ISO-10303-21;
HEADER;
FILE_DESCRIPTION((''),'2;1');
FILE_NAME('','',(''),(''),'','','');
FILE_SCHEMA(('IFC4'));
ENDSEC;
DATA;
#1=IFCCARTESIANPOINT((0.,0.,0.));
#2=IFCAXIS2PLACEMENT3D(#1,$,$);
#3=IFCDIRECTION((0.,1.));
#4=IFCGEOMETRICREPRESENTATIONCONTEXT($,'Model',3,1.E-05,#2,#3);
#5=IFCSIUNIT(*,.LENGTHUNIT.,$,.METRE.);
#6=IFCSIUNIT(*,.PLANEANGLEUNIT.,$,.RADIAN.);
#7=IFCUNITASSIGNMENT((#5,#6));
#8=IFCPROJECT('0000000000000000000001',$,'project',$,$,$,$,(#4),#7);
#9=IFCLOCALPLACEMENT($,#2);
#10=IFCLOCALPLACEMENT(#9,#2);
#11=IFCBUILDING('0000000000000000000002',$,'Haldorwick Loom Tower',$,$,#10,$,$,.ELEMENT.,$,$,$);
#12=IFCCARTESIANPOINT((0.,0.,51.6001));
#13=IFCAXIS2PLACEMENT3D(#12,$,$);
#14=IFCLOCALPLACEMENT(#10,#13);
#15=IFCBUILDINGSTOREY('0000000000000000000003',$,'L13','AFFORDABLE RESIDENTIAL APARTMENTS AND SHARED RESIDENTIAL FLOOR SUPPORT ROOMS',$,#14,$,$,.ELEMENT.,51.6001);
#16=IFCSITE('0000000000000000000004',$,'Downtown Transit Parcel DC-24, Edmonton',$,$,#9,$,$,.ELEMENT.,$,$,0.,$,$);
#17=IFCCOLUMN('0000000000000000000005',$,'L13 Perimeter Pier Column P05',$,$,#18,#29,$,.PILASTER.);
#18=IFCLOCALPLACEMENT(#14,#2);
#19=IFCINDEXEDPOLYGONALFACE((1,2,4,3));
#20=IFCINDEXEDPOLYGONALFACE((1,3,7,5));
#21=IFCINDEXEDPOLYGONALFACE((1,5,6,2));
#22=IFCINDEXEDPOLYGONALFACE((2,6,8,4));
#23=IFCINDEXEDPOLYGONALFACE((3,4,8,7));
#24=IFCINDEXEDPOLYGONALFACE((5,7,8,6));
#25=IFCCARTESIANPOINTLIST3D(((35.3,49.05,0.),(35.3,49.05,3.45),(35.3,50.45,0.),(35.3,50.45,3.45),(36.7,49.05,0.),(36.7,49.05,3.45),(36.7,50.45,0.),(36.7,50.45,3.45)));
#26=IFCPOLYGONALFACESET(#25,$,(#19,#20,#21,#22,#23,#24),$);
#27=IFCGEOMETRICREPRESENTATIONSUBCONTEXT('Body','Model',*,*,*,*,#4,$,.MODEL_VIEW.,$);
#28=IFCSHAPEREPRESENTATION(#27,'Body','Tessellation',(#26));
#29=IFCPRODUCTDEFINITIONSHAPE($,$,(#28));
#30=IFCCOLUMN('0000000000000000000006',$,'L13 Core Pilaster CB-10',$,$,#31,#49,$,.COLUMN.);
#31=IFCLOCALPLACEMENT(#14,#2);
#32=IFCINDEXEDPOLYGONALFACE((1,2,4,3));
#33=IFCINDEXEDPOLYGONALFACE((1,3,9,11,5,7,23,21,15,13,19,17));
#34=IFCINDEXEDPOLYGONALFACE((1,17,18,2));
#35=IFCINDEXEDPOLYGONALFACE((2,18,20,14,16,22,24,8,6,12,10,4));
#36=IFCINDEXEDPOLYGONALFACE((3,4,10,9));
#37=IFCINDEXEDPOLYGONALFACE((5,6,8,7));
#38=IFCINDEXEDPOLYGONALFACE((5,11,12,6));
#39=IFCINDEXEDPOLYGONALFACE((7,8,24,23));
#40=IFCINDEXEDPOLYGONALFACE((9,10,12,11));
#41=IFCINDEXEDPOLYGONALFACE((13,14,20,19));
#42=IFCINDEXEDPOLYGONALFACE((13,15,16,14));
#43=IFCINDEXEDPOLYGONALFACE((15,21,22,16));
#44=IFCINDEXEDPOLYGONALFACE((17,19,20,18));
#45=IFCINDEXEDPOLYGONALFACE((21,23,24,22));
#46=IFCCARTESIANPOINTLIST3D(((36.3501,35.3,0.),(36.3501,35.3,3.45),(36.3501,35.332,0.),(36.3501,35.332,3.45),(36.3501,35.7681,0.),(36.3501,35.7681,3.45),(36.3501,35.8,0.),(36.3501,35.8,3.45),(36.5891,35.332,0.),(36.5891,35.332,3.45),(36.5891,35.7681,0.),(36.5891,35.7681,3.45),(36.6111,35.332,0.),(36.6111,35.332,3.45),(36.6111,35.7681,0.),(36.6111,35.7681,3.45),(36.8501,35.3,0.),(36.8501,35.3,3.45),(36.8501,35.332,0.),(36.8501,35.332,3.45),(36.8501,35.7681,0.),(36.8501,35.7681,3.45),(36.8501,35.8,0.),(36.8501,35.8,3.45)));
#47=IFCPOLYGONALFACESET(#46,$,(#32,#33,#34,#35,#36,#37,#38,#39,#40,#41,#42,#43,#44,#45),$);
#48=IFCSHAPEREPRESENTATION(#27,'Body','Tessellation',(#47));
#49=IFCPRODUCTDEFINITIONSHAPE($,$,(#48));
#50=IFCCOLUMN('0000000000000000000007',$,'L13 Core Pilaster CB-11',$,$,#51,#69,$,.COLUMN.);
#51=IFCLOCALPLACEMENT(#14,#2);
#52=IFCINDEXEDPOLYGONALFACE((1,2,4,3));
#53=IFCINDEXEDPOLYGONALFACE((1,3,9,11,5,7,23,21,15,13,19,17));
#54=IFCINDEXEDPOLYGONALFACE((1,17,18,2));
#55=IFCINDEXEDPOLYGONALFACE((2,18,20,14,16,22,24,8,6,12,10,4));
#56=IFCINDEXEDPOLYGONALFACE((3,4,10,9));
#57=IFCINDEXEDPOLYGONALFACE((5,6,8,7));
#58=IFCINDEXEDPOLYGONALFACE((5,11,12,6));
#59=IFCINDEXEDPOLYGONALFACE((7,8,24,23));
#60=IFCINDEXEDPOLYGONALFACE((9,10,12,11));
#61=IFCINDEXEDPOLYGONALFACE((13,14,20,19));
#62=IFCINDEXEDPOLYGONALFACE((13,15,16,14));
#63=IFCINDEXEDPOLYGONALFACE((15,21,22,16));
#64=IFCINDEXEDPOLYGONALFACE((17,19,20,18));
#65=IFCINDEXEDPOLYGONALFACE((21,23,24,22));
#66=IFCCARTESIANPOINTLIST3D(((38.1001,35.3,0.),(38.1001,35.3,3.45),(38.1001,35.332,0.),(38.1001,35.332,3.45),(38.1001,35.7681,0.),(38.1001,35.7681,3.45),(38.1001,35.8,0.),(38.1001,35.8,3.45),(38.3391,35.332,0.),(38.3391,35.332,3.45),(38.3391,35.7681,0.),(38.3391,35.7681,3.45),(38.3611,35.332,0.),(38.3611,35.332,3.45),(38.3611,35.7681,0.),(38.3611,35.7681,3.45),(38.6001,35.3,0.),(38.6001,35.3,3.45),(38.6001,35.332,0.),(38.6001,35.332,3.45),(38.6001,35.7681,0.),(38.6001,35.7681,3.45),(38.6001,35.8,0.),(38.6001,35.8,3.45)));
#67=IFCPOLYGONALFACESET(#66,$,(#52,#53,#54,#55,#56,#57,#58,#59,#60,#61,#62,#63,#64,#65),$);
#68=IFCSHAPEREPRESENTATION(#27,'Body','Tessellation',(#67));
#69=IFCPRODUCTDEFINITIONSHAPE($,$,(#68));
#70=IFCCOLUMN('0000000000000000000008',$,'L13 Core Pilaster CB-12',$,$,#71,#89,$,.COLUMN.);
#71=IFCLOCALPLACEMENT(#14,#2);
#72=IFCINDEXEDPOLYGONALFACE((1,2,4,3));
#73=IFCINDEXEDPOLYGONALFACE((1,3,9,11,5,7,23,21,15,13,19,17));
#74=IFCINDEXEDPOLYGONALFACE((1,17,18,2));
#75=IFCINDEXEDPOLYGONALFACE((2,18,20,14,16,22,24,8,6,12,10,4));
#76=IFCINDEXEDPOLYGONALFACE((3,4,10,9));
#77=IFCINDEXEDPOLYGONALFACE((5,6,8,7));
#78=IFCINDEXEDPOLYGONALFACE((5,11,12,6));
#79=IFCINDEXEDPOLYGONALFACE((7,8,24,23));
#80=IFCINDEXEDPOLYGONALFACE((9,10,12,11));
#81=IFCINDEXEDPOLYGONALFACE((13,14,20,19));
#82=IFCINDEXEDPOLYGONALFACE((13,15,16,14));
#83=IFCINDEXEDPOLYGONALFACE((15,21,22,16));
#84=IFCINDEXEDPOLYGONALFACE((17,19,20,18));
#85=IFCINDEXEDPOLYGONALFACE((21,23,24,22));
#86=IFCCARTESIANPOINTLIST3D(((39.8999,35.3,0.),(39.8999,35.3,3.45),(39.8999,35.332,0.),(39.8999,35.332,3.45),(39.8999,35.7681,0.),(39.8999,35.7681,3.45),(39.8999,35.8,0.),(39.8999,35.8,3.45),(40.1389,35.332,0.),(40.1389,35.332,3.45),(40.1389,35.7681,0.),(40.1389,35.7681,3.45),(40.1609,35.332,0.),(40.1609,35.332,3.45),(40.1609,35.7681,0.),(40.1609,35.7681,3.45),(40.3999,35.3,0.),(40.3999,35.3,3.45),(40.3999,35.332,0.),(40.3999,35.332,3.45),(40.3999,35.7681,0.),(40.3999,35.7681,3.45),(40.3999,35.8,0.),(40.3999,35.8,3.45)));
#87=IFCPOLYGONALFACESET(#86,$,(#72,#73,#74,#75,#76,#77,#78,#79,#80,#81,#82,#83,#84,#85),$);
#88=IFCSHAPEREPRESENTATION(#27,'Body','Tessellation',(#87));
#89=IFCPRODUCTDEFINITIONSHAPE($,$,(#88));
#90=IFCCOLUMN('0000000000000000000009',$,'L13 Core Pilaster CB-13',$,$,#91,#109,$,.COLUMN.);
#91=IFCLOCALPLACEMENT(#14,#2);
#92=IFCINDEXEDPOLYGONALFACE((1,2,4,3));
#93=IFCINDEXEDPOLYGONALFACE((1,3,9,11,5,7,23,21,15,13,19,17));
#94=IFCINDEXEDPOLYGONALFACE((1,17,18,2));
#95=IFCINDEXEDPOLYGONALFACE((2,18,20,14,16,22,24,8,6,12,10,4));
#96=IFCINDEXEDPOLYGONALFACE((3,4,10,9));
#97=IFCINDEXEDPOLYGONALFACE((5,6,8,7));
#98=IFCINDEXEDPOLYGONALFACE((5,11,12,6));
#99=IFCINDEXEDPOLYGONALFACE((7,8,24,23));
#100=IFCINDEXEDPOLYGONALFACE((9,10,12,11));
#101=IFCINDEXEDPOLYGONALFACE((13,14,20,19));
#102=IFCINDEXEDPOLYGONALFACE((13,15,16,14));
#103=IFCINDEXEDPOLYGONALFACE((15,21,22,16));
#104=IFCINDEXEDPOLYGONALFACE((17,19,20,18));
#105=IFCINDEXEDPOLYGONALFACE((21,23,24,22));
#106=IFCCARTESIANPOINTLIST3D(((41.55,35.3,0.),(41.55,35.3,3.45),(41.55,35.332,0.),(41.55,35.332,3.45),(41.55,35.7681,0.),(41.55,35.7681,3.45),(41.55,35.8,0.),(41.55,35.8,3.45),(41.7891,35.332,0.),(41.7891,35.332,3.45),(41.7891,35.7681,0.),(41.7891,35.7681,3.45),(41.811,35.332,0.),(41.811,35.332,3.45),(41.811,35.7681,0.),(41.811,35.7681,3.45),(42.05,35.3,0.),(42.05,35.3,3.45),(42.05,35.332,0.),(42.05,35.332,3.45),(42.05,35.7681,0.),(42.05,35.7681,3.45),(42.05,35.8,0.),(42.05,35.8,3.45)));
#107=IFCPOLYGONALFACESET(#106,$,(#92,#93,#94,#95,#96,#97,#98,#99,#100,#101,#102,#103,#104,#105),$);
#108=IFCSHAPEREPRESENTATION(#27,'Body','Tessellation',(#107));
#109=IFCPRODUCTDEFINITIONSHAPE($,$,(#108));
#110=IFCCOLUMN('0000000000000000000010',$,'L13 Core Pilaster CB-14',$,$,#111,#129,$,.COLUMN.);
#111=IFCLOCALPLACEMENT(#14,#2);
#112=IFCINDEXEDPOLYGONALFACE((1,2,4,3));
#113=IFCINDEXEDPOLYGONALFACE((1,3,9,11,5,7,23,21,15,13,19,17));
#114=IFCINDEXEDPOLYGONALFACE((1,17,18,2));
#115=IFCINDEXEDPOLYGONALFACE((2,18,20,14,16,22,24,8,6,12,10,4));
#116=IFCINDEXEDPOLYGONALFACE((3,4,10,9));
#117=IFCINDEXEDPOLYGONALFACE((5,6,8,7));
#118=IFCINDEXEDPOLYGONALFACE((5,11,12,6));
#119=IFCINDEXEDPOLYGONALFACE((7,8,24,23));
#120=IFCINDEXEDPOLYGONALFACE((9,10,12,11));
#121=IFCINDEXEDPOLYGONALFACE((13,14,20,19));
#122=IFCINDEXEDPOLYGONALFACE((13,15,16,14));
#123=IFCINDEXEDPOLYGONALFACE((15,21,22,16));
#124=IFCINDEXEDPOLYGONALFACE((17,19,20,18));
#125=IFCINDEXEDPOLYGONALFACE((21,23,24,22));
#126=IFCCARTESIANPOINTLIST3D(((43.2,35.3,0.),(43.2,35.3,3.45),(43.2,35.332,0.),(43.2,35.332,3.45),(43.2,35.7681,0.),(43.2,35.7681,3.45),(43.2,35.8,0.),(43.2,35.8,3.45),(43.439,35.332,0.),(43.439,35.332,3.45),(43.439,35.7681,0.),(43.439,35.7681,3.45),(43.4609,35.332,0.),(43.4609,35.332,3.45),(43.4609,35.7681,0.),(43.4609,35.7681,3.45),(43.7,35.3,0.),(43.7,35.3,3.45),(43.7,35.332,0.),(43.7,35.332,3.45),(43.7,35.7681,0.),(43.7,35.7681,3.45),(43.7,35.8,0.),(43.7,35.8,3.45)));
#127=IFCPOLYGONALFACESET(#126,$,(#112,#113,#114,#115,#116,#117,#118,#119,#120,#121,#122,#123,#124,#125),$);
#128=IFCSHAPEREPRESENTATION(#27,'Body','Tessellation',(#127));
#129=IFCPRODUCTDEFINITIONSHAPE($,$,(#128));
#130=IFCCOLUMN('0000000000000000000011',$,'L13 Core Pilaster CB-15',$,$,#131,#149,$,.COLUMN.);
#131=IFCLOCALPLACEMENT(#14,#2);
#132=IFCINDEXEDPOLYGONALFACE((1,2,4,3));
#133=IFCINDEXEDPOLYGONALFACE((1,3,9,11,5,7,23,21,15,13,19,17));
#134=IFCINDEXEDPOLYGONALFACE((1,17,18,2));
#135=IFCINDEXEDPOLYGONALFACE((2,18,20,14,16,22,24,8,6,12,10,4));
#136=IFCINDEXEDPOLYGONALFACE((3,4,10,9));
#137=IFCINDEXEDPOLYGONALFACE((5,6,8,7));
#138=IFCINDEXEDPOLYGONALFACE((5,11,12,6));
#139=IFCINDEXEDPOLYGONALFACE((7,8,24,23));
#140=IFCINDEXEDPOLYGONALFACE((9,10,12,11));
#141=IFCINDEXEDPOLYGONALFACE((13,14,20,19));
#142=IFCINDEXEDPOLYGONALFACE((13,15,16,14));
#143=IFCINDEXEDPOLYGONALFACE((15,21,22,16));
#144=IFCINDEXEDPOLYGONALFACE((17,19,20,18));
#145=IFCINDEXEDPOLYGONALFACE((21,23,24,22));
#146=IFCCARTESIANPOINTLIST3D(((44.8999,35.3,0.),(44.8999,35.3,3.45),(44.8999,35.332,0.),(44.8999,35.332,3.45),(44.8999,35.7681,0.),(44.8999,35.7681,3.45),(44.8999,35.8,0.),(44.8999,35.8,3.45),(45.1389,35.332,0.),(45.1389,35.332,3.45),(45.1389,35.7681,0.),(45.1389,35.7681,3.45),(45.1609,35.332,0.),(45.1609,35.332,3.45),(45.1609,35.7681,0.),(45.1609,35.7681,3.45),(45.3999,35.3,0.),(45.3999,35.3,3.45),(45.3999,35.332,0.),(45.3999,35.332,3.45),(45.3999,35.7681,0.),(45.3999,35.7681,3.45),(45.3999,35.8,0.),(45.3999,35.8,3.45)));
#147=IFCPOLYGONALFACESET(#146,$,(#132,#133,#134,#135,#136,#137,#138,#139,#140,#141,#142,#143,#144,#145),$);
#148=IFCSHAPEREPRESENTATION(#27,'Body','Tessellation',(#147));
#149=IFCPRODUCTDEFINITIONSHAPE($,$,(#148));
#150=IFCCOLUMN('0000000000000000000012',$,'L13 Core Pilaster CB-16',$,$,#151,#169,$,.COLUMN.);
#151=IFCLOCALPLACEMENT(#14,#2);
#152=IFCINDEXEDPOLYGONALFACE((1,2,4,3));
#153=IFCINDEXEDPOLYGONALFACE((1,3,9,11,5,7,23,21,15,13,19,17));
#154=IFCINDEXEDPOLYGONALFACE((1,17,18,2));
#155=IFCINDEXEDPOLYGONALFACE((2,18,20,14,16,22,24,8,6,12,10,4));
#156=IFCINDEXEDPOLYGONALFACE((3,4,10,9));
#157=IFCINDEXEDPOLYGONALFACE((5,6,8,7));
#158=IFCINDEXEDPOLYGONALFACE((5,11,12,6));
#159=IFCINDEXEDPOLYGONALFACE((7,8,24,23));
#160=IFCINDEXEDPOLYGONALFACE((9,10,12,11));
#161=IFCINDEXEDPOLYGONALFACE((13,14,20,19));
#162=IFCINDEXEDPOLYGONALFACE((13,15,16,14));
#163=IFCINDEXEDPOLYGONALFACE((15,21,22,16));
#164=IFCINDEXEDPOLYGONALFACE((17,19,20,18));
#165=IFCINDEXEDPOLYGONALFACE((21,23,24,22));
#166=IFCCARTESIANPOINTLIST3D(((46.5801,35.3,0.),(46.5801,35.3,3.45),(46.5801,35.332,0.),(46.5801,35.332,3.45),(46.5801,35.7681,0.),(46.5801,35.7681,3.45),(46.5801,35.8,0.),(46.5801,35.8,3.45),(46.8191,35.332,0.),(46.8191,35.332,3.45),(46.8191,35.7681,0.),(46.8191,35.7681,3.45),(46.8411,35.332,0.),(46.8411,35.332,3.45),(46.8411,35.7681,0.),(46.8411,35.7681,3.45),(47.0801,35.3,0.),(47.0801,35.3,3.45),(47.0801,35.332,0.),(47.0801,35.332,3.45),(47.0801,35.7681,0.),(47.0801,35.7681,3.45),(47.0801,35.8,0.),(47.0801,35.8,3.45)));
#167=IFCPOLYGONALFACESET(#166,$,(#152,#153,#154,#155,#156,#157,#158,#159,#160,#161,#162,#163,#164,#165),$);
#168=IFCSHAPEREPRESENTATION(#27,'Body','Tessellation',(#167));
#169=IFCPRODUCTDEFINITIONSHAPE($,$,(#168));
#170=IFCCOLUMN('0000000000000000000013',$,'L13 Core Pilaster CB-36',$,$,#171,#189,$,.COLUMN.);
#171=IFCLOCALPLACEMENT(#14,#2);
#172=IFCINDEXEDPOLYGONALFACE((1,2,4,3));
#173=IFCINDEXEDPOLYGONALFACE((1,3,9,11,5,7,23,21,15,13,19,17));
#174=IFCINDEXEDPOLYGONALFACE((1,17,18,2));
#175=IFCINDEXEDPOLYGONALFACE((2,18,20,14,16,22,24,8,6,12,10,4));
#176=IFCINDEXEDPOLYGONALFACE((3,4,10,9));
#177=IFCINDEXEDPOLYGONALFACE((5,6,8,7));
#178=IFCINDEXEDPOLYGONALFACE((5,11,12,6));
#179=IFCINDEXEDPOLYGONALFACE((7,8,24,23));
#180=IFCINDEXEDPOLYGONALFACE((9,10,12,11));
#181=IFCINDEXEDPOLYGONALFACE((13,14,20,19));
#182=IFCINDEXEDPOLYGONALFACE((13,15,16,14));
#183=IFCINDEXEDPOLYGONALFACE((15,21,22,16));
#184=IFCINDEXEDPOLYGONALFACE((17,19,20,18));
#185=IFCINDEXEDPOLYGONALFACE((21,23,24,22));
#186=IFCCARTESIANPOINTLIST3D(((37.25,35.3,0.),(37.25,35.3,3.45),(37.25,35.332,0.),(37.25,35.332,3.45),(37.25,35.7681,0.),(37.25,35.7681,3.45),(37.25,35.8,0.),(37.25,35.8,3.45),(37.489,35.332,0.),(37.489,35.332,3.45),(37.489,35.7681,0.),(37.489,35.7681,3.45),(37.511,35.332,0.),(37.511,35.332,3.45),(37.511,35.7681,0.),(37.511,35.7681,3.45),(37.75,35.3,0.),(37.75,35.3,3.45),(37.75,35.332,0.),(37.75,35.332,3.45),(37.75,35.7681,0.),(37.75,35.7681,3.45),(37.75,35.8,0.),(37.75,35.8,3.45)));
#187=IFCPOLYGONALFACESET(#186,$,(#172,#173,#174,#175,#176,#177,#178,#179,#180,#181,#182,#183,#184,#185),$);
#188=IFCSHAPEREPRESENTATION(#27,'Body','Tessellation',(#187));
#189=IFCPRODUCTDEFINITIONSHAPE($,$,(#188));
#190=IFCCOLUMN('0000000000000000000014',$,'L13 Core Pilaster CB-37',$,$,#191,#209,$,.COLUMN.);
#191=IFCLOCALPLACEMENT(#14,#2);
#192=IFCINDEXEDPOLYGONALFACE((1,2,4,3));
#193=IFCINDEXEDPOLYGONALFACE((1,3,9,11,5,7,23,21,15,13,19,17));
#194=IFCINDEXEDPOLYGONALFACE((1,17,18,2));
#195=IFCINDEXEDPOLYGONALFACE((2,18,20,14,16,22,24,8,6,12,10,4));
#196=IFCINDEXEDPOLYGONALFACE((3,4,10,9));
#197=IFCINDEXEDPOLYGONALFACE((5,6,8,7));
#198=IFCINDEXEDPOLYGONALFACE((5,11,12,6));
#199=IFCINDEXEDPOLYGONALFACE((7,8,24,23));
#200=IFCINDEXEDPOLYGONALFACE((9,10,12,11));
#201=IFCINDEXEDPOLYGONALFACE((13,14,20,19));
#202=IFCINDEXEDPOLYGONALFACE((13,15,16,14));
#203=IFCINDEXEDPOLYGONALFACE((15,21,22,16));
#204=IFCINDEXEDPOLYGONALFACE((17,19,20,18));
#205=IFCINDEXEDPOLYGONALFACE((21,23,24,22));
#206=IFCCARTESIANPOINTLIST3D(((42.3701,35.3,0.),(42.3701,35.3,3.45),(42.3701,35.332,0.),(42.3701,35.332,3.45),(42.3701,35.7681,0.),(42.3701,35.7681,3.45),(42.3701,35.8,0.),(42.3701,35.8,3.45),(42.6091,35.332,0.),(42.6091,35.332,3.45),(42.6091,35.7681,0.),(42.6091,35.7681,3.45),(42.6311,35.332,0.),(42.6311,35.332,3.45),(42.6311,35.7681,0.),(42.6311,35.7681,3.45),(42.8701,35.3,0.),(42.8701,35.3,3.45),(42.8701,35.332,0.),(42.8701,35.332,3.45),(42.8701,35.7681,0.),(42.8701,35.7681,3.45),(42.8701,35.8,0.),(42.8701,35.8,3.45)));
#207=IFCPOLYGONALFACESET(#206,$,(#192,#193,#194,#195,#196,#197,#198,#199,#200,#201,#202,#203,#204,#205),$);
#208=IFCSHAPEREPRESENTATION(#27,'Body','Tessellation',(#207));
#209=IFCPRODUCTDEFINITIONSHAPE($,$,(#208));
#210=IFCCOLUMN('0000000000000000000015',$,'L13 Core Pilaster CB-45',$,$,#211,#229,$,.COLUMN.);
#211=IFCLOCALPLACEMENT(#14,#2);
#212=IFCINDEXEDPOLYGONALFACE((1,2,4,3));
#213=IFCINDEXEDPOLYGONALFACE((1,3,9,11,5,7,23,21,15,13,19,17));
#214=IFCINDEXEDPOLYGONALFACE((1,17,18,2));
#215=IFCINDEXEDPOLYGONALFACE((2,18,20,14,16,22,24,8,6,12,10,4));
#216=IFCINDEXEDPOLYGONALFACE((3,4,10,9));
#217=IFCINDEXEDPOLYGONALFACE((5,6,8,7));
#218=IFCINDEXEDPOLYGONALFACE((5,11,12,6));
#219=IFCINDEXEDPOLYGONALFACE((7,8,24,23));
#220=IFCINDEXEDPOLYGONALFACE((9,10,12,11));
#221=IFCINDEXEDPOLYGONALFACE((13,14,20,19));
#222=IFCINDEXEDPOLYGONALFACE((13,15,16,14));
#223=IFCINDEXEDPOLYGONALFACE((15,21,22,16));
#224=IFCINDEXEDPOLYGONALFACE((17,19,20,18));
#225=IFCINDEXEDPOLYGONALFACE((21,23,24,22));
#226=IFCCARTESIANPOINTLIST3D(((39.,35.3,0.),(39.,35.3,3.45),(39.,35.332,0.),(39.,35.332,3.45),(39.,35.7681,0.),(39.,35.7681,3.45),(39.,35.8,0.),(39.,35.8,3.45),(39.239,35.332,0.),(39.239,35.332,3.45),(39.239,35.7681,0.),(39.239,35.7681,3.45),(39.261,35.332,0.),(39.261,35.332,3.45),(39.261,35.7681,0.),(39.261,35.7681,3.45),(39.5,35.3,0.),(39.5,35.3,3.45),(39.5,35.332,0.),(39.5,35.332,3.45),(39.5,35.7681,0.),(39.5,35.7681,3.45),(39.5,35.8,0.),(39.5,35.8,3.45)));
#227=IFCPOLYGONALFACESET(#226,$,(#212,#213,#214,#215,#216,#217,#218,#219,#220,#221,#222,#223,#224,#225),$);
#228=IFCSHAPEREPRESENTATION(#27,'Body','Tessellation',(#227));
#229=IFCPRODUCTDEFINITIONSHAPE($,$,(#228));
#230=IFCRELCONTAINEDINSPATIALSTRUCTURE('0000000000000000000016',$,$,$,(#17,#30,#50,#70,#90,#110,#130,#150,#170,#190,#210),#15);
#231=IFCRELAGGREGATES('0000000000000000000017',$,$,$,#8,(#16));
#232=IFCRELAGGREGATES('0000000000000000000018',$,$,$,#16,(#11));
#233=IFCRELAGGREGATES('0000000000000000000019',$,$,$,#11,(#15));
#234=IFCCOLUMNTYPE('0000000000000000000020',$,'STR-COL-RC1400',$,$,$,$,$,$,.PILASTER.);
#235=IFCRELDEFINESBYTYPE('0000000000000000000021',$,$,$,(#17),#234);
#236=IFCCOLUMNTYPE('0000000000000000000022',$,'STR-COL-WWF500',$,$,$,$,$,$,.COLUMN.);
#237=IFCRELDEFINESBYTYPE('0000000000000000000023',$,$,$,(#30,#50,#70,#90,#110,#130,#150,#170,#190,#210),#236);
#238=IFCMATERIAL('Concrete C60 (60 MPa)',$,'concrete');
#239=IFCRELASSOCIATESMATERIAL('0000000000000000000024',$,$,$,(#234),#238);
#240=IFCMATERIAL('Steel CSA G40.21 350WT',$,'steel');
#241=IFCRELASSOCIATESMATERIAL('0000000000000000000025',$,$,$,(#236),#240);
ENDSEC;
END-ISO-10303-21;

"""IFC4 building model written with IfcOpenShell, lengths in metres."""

from ifc_helpers import new_model, si_unit, direction, frame, origin, origin_2d, place, context, subcontext, project, spatial, rectangle, i_section, extrude, material, material_profile, profile_set, type_object, element, save


model = new_model("IFC4")

# Units and contexts
model_context = context("Model", 3, precision=1e-05, world=origin(), true_north=direction((0.0, 1.0)))
body_context = subcontext(model_context, "Body", "Model", "MODEL_VIEW")
ifc_project = project(units=[si_unit("LENGTHUNIT", "METRE"), si_unit("PLANEANGLEUNIT", "RADIAN")], contexts=[model_context])

# Site, building, storey
site_placement = place(None, origin())
site = spatial("IfcSite", under=ifc_project, at=site_placement, Name="Downtown Transit Parcel DC-24, Edmonton", CompositionType="ELEMENT", RefElevation=0.0)
building_placement = place(site_placement, origin())
building = spatial("IfcBuilding", under=site, at=building_placement, Name="Haldorwick Loom Tower", CompositionType="ELEMENT")
storey_placement = place(building_placement, frame((0.0, 0.0, 51.6001)))
storey = spatial("IfcBuildingStorey", under=building, at=storey_placement, Name="L13", Description="AFFORDABLE RESIDENTIAL APARTMENTS AND SHARED RESIDENTIAL FLOOR SUPPORT ROOMS", CompositionType="ELEMENT", Elevation=51.6001)

# Columns
ifc_material_1 = material(Name="Concrete C60 (60 MPa)", Category="concrete")
ifc_material_profile_1 = material_profile(ifc_material_1, rectangle(XDim=1.3999, YDim=1.3999, at=origin_2d()), Name="RC1400X1400", Category="concrete")
ifc_profile_set_1 = profile_set([ifc_material_profile_1], Name="Concrete C60 (60 MPa)")
column_type_1 = type_object("IfcColumnType", Name="STR-COL-RC1400", PredefinedType="PILASTER", material=ifc_profile_set_1)
column_placement = place(storey_placement, frame((36.0, 49.75, 0.0), z_axis=(0.0, 0.0, 1.0), x_axis=(0.0, 1.0, 0.0)))
element("IfcColumn", 1, at=column_placement, inside=storey, type_object=column_type_1, Name="L13 Perimeter Pier Column P05", PredefinedType="PILASTER", context=body_context, shape_type="SweptSolid", body=[
    extrude(rectangle(XDim=1.3999, YDim=1.3999, at=origin_2d()), origin(), (0.0, 0.0, 1.0), 3.45),
])
ifc_material_2 = material(Name="Steel CSA G40.21 350WT", Category="steel")
ifc_material_profile_2 = material_profile(ifc_material_2, i_section(OverallWidth=0.5, OverallDepth=0.5, WebThickness=0.022, FlangeThickness=0.032, at=origin_2d()), Name="WWF500X500", Category="steel")
ifc_profile_set_2 = profile_set([ifc_material_profile_2], Name="Steel CSA G40.21 350WT")
column_type_2 = type_object("IfcColumnType", Name="STR-COL-WWF500", PredefinedType="COLUMN", material=ifc_profile_set_2)
for number, where, z_axis, x_axis, name in (
    (2, (36.6001, 35.55, 0.0), (0.0, 0.0, 1.0), (1.0, 0.0, 0.0), "L13 Core Pilaster CB-10"),
    (3, (38.3501, 35.55, 0.0), (0.0, 0.0, 1.0), (1.0, 0.0, 0.0), "L13 Core Pilaster CB-11"),
    (4, (40.1499, 35.55, 0.0), (0.0, 0.0, 1.0), (1.0, 0.0, 0.0), "L13 Core Pilaster CB-12"),
    (5, (41.8, 35.55, 0.0), (0.0, 0.0, 1.0), (1.0, 0.0, 0.0), "L13 Core Pilaster CB-13"),
    (6, (43.45, 35.55, 0.0), (0.0, 0.0, 1.0), (1.0, 0.0, 0.0), "L13 Core Pilaster CB-14"),
    (7, (45.1499, 35.55, 0.0), (0.0, 0.0, 1.0), (1.0, 0.0, 0.0), "L13 Core Pilaster CB-15"),
    (8, (46.8301, 35.55, 0.0), (0.0, 0.0, 1.0), (1.0, 0.0, 0.0), "L13 Core Pilaster CB-16"),
    (9, (37.5, 35.55, 0.0), (0.0, 0.0, 1.0), (1.0, 0.0, 0.0), "L13 Core Pilaster CB-36"),
    (10, (42.6201, 35.55, 0.0), (0.0, 0.0, 1.0), (1.0, 0.0, 0.0), "L13 Core Pilaster CB-37"),
    (11, (39.25, 35.55, 0.0), (0.0, 0.0, 1.0), (1.0, 0.0, 0.0), "L13 Core Pilaster CB-45"),
):
    element("IfcColumn", number, at=place(storey_placement, frame(where, z_axis=z_axis, x_axis=x_axis)), inside=storey, type_object=column_type_2, Name=name, PredefinedType="COLUMN", context=body_context, shape_type="SweptSolid", body=[
        extrude(i_section(OverallWidth=0.5, OverallDepth=0.5, WebThickness=0.022, FlangeThickness=0.032, at=origin_2d()), origin(), (0.0, 0.0, 1.0), 3.45),
    ])

save(model, "model.ifc")
